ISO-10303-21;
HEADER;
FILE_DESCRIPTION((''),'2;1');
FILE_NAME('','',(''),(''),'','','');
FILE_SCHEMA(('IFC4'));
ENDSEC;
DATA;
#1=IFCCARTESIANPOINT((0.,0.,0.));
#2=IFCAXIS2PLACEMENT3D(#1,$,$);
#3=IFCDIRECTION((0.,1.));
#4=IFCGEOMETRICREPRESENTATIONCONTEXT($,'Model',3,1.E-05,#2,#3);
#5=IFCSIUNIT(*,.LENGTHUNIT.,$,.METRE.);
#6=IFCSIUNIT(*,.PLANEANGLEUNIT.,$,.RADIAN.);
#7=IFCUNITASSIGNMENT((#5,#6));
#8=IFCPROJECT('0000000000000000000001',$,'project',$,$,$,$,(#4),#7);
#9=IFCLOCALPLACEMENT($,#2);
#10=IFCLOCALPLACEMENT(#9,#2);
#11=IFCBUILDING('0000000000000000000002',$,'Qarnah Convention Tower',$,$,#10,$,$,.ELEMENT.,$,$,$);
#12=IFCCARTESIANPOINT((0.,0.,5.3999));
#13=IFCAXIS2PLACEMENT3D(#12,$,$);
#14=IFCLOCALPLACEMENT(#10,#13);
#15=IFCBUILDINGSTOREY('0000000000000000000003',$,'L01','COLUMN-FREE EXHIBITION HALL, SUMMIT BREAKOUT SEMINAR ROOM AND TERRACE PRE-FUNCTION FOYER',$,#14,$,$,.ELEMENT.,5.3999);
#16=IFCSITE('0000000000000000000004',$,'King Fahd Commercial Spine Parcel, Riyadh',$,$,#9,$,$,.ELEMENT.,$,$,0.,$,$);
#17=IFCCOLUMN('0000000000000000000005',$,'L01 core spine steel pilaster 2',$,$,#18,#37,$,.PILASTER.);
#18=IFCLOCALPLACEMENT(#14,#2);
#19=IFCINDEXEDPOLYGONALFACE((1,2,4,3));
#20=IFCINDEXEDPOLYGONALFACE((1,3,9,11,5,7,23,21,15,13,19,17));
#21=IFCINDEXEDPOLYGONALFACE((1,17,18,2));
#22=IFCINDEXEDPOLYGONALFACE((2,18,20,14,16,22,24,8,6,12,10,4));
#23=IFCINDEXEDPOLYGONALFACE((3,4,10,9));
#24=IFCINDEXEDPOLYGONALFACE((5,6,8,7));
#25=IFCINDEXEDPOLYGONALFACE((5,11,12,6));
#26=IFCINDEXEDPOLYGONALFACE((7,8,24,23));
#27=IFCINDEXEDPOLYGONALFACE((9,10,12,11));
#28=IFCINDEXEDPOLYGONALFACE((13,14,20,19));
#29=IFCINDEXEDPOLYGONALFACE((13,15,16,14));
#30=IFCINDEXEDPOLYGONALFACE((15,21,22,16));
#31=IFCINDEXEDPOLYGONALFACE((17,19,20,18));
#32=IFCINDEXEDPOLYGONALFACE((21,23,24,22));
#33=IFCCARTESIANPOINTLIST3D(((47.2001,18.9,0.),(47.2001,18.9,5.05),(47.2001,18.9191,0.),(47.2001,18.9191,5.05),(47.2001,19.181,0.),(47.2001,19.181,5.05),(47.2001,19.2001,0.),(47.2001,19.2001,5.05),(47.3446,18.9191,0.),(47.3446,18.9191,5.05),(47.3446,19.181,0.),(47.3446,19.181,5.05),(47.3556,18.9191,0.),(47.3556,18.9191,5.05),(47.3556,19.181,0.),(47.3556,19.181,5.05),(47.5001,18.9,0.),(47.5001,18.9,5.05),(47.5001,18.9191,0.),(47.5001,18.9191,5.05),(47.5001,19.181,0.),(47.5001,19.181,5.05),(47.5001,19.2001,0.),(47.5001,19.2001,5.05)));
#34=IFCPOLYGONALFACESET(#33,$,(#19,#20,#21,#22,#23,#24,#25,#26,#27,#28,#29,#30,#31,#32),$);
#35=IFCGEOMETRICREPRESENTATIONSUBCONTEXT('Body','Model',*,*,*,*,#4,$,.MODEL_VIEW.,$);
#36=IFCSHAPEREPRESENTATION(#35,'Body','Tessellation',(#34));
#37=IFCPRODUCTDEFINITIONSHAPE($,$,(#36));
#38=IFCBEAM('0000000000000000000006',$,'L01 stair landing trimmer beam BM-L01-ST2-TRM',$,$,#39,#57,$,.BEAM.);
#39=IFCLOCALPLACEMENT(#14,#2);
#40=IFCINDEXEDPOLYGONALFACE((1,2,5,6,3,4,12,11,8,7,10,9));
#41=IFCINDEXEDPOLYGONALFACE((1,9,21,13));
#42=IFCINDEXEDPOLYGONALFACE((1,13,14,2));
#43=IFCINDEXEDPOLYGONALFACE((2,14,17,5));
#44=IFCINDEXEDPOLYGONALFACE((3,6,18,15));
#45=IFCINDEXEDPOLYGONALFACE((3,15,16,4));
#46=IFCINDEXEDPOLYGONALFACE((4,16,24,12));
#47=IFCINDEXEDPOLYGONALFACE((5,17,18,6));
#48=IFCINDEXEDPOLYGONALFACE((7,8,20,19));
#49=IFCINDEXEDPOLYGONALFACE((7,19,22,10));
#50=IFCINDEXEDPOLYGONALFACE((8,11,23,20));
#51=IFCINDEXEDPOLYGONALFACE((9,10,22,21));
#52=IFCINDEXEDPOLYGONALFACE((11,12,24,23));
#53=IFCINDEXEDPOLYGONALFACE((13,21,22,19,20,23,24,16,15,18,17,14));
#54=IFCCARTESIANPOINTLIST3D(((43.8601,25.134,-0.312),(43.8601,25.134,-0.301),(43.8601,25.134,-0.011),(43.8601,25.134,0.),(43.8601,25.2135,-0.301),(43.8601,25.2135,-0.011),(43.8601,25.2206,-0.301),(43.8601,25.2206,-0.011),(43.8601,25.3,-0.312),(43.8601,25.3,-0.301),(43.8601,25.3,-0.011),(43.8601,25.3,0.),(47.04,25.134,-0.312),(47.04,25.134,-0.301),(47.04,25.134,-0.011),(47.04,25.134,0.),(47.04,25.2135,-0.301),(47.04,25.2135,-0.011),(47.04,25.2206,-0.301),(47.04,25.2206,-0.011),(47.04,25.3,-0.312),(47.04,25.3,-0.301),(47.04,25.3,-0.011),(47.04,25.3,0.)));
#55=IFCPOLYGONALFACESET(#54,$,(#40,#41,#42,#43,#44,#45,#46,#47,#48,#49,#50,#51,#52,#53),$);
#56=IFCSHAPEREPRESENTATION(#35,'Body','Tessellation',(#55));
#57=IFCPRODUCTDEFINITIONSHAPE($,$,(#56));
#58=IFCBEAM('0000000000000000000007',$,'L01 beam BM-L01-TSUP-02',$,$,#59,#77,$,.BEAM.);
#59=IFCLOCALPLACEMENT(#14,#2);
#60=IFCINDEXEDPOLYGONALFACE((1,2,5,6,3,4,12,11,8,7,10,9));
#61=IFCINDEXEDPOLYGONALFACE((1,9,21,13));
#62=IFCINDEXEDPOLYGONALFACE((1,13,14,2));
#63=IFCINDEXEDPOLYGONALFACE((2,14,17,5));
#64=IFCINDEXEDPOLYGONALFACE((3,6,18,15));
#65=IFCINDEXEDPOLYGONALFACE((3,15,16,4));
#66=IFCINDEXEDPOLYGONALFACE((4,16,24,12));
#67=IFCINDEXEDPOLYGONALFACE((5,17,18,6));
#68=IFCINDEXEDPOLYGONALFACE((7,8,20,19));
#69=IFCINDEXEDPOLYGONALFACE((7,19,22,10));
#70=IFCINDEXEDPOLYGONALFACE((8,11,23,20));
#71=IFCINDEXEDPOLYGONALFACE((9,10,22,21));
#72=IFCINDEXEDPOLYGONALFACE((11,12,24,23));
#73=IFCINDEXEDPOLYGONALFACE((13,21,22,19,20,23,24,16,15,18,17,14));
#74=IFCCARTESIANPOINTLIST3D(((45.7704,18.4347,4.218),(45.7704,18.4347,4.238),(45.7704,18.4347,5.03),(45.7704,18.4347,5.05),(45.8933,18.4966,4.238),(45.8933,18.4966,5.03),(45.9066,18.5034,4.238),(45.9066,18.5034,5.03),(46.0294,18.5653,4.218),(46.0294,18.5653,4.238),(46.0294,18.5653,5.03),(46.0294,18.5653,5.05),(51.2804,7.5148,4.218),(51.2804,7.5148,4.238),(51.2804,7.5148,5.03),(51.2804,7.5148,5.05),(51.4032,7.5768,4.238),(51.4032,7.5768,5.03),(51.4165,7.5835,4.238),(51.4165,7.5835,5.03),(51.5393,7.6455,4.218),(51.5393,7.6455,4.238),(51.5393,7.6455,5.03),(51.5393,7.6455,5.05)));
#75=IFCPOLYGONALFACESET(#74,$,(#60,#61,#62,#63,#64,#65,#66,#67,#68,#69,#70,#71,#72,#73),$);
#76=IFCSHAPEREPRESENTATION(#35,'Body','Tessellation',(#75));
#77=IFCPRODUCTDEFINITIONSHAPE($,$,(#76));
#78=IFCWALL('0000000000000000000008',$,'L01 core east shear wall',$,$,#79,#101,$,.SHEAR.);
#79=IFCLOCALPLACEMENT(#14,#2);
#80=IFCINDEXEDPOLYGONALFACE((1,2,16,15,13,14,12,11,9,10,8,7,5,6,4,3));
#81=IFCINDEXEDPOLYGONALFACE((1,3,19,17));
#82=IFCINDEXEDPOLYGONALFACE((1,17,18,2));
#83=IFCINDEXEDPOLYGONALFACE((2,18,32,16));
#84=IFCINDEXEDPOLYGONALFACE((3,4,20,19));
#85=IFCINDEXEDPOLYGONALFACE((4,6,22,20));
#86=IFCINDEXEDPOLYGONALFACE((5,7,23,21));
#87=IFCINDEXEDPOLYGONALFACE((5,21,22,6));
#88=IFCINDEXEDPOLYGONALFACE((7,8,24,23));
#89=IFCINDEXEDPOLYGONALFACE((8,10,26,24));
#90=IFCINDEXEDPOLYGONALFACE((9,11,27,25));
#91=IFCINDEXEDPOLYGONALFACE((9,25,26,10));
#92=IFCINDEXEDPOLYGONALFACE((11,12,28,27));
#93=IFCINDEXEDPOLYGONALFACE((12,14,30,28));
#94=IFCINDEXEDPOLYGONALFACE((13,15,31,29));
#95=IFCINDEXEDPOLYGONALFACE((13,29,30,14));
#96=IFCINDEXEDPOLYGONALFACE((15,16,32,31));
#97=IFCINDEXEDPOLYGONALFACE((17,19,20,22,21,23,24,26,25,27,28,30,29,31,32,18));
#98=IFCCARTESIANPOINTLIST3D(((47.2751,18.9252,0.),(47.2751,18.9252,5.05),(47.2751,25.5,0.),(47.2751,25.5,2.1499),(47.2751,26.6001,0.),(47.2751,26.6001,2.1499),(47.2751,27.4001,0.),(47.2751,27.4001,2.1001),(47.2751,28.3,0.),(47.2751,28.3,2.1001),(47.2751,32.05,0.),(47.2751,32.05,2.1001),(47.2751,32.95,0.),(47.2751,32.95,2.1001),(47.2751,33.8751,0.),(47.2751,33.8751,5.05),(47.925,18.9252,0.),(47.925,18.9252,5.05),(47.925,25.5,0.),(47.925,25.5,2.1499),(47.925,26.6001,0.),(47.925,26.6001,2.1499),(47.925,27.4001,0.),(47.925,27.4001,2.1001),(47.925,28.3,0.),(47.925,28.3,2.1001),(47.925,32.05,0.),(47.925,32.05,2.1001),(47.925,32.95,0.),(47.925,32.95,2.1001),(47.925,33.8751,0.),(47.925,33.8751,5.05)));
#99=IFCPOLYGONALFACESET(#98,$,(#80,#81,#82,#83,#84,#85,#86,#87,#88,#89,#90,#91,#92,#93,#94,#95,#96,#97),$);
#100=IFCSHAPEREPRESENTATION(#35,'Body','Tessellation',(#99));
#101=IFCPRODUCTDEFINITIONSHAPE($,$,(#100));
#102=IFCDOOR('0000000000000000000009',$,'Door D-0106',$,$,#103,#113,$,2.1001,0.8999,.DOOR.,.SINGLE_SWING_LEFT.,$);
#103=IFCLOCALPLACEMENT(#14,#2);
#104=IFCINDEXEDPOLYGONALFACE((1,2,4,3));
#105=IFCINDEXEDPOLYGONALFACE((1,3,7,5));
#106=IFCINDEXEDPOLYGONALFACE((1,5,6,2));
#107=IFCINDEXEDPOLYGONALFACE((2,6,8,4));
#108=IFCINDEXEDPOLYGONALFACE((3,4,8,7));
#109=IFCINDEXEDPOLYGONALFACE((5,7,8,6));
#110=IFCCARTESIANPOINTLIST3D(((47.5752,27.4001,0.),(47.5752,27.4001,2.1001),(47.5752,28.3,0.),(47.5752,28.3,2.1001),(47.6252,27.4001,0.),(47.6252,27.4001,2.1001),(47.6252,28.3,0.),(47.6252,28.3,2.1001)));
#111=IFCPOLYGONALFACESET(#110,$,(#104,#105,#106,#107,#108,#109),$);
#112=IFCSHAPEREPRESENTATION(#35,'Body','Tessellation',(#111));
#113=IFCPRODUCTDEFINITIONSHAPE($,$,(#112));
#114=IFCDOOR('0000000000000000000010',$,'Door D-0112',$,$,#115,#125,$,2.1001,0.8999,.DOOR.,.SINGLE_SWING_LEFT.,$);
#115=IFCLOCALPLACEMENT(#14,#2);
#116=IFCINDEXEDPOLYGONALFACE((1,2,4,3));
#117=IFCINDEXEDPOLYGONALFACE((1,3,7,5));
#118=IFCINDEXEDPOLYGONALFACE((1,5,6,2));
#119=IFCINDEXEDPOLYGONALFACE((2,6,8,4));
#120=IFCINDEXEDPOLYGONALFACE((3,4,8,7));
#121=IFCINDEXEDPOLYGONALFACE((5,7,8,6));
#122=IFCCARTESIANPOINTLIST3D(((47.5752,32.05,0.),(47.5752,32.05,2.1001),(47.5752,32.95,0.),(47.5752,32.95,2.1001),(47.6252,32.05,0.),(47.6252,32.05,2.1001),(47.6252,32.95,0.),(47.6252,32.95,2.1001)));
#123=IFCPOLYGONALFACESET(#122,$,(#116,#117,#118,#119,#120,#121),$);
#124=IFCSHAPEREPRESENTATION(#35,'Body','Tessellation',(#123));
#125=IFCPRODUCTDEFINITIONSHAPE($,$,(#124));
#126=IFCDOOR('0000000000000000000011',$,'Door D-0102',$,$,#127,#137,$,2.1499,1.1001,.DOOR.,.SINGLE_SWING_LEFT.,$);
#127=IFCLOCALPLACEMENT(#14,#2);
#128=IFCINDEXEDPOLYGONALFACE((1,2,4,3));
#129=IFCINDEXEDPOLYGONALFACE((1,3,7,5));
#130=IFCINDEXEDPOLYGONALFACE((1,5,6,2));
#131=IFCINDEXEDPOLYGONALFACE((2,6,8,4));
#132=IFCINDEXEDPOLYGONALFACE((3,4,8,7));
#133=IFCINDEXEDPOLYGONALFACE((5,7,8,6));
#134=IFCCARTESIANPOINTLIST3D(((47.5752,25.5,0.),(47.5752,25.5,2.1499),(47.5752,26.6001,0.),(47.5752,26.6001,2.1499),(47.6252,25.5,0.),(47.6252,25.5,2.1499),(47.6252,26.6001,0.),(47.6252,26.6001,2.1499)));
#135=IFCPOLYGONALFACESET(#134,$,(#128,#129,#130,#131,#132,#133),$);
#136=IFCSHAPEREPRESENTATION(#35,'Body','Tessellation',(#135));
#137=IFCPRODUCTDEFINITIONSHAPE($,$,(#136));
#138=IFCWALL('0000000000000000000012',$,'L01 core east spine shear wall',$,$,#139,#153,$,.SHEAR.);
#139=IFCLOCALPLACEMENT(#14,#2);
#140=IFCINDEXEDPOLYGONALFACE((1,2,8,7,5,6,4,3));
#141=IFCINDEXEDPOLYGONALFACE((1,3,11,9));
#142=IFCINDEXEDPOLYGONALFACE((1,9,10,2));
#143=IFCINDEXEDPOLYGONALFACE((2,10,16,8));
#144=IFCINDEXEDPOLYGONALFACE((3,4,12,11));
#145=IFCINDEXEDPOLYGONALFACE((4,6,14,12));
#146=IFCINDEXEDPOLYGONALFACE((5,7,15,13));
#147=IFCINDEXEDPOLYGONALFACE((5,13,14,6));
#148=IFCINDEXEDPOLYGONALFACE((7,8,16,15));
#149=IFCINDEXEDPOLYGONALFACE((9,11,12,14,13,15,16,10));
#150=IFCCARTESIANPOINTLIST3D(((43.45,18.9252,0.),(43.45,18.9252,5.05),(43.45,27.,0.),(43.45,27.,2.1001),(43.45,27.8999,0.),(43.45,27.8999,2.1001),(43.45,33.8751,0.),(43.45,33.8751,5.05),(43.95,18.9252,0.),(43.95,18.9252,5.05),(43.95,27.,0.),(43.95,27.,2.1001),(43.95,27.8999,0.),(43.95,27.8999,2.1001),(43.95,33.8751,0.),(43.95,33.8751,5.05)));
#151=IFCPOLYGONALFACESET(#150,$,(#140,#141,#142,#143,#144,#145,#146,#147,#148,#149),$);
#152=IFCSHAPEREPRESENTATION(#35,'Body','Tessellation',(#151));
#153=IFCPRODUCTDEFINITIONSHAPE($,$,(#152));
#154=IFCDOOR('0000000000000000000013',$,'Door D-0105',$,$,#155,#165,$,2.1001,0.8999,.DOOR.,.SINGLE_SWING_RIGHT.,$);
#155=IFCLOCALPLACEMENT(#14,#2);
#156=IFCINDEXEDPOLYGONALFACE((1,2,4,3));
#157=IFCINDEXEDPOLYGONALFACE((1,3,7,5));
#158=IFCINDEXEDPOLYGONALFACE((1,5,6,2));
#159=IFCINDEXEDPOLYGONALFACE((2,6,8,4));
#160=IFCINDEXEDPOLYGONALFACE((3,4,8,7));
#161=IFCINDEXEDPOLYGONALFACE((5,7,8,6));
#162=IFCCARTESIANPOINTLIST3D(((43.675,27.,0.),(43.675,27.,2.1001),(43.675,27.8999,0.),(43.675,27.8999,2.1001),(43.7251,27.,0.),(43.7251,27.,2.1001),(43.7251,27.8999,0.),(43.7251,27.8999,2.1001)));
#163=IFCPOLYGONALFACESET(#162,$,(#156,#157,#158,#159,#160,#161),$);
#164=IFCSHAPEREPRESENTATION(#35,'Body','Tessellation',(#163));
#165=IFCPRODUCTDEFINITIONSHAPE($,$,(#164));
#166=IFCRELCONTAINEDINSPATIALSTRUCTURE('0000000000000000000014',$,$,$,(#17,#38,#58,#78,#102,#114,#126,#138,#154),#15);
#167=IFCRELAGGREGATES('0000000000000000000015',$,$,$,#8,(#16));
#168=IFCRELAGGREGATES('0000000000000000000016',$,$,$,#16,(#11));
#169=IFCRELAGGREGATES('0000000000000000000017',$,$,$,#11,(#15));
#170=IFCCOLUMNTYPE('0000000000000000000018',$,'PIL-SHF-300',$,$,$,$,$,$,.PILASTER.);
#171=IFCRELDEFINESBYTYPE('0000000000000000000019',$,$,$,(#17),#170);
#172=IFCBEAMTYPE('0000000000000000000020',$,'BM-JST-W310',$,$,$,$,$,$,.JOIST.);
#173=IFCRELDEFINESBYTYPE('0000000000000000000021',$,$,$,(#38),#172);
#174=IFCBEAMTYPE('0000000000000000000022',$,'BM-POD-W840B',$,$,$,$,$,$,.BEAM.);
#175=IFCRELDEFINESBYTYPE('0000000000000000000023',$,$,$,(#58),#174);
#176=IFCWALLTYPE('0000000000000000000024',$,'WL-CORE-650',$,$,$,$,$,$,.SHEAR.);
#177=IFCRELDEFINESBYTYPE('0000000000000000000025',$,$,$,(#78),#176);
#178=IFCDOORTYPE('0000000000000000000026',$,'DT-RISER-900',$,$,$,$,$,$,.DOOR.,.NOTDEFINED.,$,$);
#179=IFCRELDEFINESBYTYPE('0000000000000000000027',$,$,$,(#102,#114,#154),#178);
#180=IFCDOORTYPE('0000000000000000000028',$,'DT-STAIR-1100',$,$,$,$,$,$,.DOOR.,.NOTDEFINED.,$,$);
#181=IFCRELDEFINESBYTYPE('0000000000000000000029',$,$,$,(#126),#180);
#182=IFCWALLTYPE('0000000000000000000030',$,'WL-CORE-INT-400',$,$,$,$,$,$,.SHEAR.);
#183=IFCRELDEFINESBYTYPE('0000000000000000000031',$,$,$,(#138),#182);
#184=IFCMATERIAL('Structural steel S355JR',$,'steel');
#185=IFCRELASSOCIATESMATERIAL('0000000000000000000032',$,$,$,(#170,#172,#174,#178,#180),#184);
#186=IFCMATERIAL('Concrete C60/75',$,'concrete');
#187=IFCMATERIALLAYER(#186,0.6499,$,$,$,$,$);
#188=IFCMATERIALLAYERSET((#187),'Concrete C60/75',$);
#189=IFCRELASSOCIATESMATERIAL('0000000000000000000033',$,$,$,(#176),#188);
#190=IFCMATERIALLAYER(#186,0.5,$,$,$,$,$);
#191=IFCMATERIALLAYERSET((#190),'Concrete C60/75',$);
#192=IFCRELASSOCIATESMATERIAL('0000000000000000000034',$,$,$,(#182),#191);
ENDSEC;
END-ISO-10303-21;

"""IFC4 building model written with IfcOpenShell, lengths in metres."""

from ifc_helpers import new_model, si_unit, direction, frame, frame_2d, origin, origin_2d, place, context, subcontext, project, spatial, rectangle, i_section, extrude, material, layer, layer_set, material_profile, profile_set, type_object, element, fill, save


model = new_model("IFC4")

# Units and contexts
model_context = context("Model", 3, precision=1e-05, world=origin(), true_north=direction((0.0, 1.0)))
body_context = subcontext(model_context, "Body", "Model", "MODEL_VIEW")
ifc_project = project(units=[si_unit("LENGTHUNIT", "METRE"), si_unit("PLANEANGLEUNIT", "RADIAN")], contexts=[model_context])

# Site, building, storey
site_placement = place(None, origin())
site = spatial("IfcSite", under=ifc_project, at=site_placement, Name="King Fahd Commercial Spine Parcel, Riyadh", CompositionType="ELEMENT", RefElevation=0.0)
building_placement = place(site_placement, origin())
building = spatial("IfcBuilding", under=site, at=building_placement, Name="Qarnah Convention Tower", CompositionType="ELEMENT")
storey_placement = place(building_placement, frame((0.0, 0.0, 5.3999)))
storey = spatial("IfcBuildingStorey", under=building, at=storey_placement, Name="L01", Description="COLUMN-FREE EXHIBITION HALL, SUMMIT BREAKOUT SEMINAR ROOM AND TERRACE PRE-FUNCTION FOYER", CompositionType="ELEMENT", Elevation=5.3999)

# Column
ifc_material_1 = material(Name="Structural steel S355JR", Category="steel")
ifc_material_profile_1 = material_profile(ifc_material_1, i_section(OverallWidth=0.3, OverallDepth=0.3, WebThickness=0.011, FlangeThickness=0.019, at=origin_2d()), Name="HEB300")
ifc_profile_set_1 = profile_set([ifc_material_profile_1], Name="Structural steel S355JR")
column_type = type_object("IfcColumnType", Name="PIL-SHF-300", PredefinedType="PILASTER", material=ifc_profile_set_1)
column_placement = place(storey_placement, frame((47.3501, 19.05, 0.0), z_axis=(0.0, 0.0, 1.0), x_axis=(1.0, 0.0, 0.0)))
element("IfcColumn", 1, at=column_placement, inside=storey, type_object=column_type, Name="L01 core spine steel pilaster 2", PredefinedType="PILASTER", context=body_context, shape_type="SweptSolid", body=[
    extrude(i_section(OverallWidth=0.3, OverallDepth=0.3, WebThickness=0.011, FlangeThickness=0.019, at=origin_2d()), origin(), (0.0, 0.0, 1.0), 5.05),
])

# Beams
ifc_material_profile_2 = material_profile(ifc_material_1, i_section(OverallWidth=0.166, OverallDepth=0.312, WebThickness=0.0071, FlangeThickness=0.011, at=origin_2d()), Name="W310X45")
ifc_profile_set_2 = profile_set([ifc_material_profile_2], Name="Structural steel S355JR")
beam_type_1 = type_object("IfcBeamType", Name="BM-JST-W310", PredefinedType="JOIST", material=ifc_profile_set_2)
beam_1_placement = place(storey_placement, frame((43.8601, 25.217, -0.156), z_axis=(1.0, 0.0, 0.0), x_axis=(0.0, 1.0, 0.0)))
element("IfcBeam", 2, at=beam_1_placement, inside=storey, type_object=beam_type_1, Name="L01 stair landing trimmer beam BM-L01-ST2-TRM", PredefinedType="BEAM", context=body_context, shape_type="SweptSolid", body=[
    extrude(i_section(OverallWidth=0.166, OverallDepth=0.312, WebThickness=0.0071, FlangeThickness=0.011, at=origin_2d()), origin(), (0.0, 0.0, 1.0), 3.1799),
])
ifc_material_profile_3 = material_profile(ifc_material_1, i_section(OverallWidth=0.29, OverallDepth=0.832, WebThickness=0.0149, FlangeThickness=0.02, at=origin_2d()), Name="W840X193")
ifc_profile_set_3 = profile_set([ifc_material_profile_3], Name="Structural steel S355JR")
beam_type_2 = type_object("IfcBeamType", Name="BM-POD-W840B", PredefinedType="BEAM", material=ifc_profile_set_3)
beam_2_placement = place(storey_placement, frame((45.8999, 18.5, 4.634), z_axis=(0.450484, -0.892784, 0.0), x_axis=(0.892784, 0.450484, 0.0)))
element("IfcBeam", 3, at=beam_2_placement, inside=storey, type_object=beam_type_2, Name="L01 beam BM-L01-TSUP-02", PredefinedType="BEAM", context=body_context, shape_type="SweptSolid", body=[
    extrude(i_section(OverallWidth=0.29, OverallDepth=0.832, WebThickness=0.0149, FlangeThickness=0.02, at=origin_2d()), origin(), (0.0, 0.0, 1.0), 12.2312),
])

# Wall, openings, doors
ifc_material_2 = material(Name="Concrete C60/75", Category="concrete")
ifc_layer_1 = layer(ifc_material_2, 0.6499)
ifc_layer_set_1 = layer_set([ifc_layer_1], Name="Concrete C60/75")
wall_type_1 = type_object("IfcWallType", Name="WL-CORE-650", PredefinedType="SHEAR", material=ifc_layer_set_1)
wall_1_placement = place(storey_placement, frame((47.6001, 18.925, 0.0), z_axis=(0.0, 0.0, 1.0), x_axis=(0.0, 1.0, 0.0)))
wall_1 = element("IfcWall", 4, at=wall_1_placement, inside=storey, type_object=wall_type_1, Name="L01 core east shear wall", PredefinedType="SHEAR", context=body_context, shape_type="SweptSolid", body=[
    extrude(rectangle(XDim=14.95, YDim=0.6499, at=frame_2d((7.4751, 0.0))), origin(), (0.0, 0.0, 1.0), 5.05),
])
opening_1_placement = place(wall_1_placement, frame((6.575, 0.0, 0.0)))
opening_1 = element("IfcOpeningElement", 5, at=opening_1_placement, cuts=wall_1, PredefinedType="OPENING", context=body_context, shape_type="SweptSolid", body=[
    extrude(rectangle(XDim=1.1001, YDim=2.1499, at=frame_2d((0.55, 1.075))), frame((0.0, 0.335, 0.0), z_axis=(0.0, -1.0, 0.0), x_axis=(1.0, 0.0, 0.0)), (0.0, 0.0, 1.0), 0.6699),
])
opening_2_placement = place(wall_1_placement, frame((8.4751, 0.0, 0.0)))
opening_2 = element("IfcOpeningElement", 6, at=opening_2_placement, cuts=wall_1, PredefinedType="OPENING", context=body_context, shape_type="SweptSolid", body=[
    extrude(rectangle(XDim=0.8999, YDim=2.1001, at=frame_2d((0.45, 1.05))), frame((0.0, 0.335, 0.0), z_axis=(0.0, -1.0, 0.0), x_axis=(1.0, 0.0, 0.0)), (0.0, 0.0, 1.0), 0.6699),
])
opening_3_placement = place(wall_1_placement, frame((13.125, 0.0, 0.0)))
opening_3 = element("IfcOpeningElement", 7, at=opening_3_placement, cuts=wall_1, PredefinedType="OPENING", context=body_context, shape_type="SweptSolid", body=[
    extrude(rectangle(XDim=0.8999, YDim=2.1001, at=frame_2d((0.45, 1.05))), frame((0.0, 0.335, 0.0), z_axis=(0.0, -1.0, 0.0), x_axis=(1.0, 0.0, 0.0)), (0.0, 0.0, 1.0), 0.6699),
])
door_type_1 = type_object("IfcDoorType", Name="DT-RISER-900", OperationType="NOTDEFINED", PredefinedType="DOOR", material=ifc_material_1)
door_1_placement = place(opening_2_placement, origin())
door_1 = element("IfcDoor", 8, at=door_1_placement, inside=storey, type_object=door_type_1, Name="Door D-0106", OperationType="SINGLE_SWING_LEFT", OverallHeight=2.1001, OverallWidth=0.8999, PredefinedType="DOOR", context=body_context, shape_type="SweptSolid", body=[
    extrude(rectangle(XDim=0.8999, YDim=2.1001, at=frame_2d((0.45, 1.05))), frame((0.0, 0.0249, 0.0), z_axis=(0.0, -1.0, 0.0), x_axis=(1.0, 0.0, 0.0)), (0.0, 0.0, 1.0), 0.05),
])
fill(opening_2, door_1)
door_2_placement = place(opening_3_placement, origin())
door_2 = element("IfcDoor", 9, at=door_2_placement, inside=storey, type_object=door_type_1, Name="Door D-0112", OperationType="SINGLE_SWING_LEFT", OverallHeight=2.1001, OverallWidth=0.8999, PredefinedType="DOOR", context=body_context, shape_type="SweptSolid", body=[
    extrude(rectangle(XDim=0.8999, YDim=2.1001, at=frame_2d((0.45, 1.05))), frame((0.0, 0.0249, 0.0), z_axis=(0.0, -1.0, 0.0), x_axis=(1.0, 0.0, 0.0)), (0.0, 0.0, 1.0), 0.05),
])
fill(opening_3, door_2)
door_type_2 = type_object("IfcDoorType", Name="DT-STAIR-1100", OperationType="NOTDEFINED", PredefinedType="DOOR", material=ifc_material_1)
door_3_placement = place(opening_1_placement, origin())
door_3 = element("IfcDoor", 10, at=door_3_placement, inside=storey, type_object=door_type_2, Name="Door D-0102", OperationType="SINGLE_SWING_LEFT", OverallHeight=2.1499, OverallWidth=1.1001, PredefinedType="DOOR", context=body_context, shape_type="SweptSolid", body=[
    extrude(rectangle(XDim=1.1001, YDim=2.1499, at=frame_2d((0.55, 1.075))), frame((0.0, 0.0249, 0.0), z_axis=(0.0, -1.0, 0.0), x_axis=(1.0, 0.0, 0.0)), (0.0, 0.0, 1.0), 0.05),
])
fill(opening_1, door_3)

# Wall, opening, door
ifc_layer_2 = layer(ifc_material_2, 0.5)
ifc_layer_set_2 = layer_set([ifc_layer_2], Name="Concrete C60/75")
wall_type_2 = type_object("IfcWallType", Name="WL-CORE-INT-400", PredefinedType="SHEAR", material=ifc_layer_set_2)
wall_2_placement = place(storey_placement, frame((43.7, 18.925, 0.0), z_axis=(0.0, 0.0, 1.0), x_axis=(0.0, 1.0, 0.0)))
wall_2 = element("IfcWall", 11, at=wall_2_placement, inside=storey, type_object=wall_type_2, Name="L01 core east spine shear wall", PredefinedType="SHEAR", context=body_context, shape_type="SweptSolid", body=[
    extrude(rectangle(XDim=14.95, YDim=0.5, at=frame_2d((7.4751, 0.0))), origin(), (0.0, 0.0, 1.0), 5.05),
])
opening_4_placement = place(wall_2_placement, frame((8.075, 0.0, 0.0)))
opening_4 = element("IfcOpeningElement", 12, at=opening_4_placement, cuts=wall_2, PredefinedType="OPENING", context=body_context, shape_type="SweptSolid", body=[
    extrude(rectangle(XDim=0.8999, YDim=2.1001, at=frame_2d((0.45, 1.05))), frame((0.0, 0.26, 0.0), z_axis=(0.0, -1.0, 0.0), x_axis=(1.0, 0.0, 0.0)), (0.0, 0.0, 1.0), 0.52),
])
door_4_placement = place(opening_4_placement, origin())
door_4 = element("IfcDoor", 13, at=door_4_placement, inside=storey, type_object=door_type_1, Name="Door D-0105", OperationType="SINGLE_SWING_RIGHT", OverallHeight=2.1001, OverallWidth=0.8999, PredefinedType="DOOR", context=body_context, shape_type="SweptSolid", body=[
    extrude(rectangle(XDim=0.8999, YDim=2.1001, at=frame_2d((0.45, 1.05))), frame((0.0, 0.0249, 0.0), z_axis=(0.0, -1.0, 0.0), x_axis=(1.0, 0.0, 0.0)), (0.0, 0.0, 1.0), 0.05),
])
fill(opening_4, door_4)

save(model, "model.ifc")
